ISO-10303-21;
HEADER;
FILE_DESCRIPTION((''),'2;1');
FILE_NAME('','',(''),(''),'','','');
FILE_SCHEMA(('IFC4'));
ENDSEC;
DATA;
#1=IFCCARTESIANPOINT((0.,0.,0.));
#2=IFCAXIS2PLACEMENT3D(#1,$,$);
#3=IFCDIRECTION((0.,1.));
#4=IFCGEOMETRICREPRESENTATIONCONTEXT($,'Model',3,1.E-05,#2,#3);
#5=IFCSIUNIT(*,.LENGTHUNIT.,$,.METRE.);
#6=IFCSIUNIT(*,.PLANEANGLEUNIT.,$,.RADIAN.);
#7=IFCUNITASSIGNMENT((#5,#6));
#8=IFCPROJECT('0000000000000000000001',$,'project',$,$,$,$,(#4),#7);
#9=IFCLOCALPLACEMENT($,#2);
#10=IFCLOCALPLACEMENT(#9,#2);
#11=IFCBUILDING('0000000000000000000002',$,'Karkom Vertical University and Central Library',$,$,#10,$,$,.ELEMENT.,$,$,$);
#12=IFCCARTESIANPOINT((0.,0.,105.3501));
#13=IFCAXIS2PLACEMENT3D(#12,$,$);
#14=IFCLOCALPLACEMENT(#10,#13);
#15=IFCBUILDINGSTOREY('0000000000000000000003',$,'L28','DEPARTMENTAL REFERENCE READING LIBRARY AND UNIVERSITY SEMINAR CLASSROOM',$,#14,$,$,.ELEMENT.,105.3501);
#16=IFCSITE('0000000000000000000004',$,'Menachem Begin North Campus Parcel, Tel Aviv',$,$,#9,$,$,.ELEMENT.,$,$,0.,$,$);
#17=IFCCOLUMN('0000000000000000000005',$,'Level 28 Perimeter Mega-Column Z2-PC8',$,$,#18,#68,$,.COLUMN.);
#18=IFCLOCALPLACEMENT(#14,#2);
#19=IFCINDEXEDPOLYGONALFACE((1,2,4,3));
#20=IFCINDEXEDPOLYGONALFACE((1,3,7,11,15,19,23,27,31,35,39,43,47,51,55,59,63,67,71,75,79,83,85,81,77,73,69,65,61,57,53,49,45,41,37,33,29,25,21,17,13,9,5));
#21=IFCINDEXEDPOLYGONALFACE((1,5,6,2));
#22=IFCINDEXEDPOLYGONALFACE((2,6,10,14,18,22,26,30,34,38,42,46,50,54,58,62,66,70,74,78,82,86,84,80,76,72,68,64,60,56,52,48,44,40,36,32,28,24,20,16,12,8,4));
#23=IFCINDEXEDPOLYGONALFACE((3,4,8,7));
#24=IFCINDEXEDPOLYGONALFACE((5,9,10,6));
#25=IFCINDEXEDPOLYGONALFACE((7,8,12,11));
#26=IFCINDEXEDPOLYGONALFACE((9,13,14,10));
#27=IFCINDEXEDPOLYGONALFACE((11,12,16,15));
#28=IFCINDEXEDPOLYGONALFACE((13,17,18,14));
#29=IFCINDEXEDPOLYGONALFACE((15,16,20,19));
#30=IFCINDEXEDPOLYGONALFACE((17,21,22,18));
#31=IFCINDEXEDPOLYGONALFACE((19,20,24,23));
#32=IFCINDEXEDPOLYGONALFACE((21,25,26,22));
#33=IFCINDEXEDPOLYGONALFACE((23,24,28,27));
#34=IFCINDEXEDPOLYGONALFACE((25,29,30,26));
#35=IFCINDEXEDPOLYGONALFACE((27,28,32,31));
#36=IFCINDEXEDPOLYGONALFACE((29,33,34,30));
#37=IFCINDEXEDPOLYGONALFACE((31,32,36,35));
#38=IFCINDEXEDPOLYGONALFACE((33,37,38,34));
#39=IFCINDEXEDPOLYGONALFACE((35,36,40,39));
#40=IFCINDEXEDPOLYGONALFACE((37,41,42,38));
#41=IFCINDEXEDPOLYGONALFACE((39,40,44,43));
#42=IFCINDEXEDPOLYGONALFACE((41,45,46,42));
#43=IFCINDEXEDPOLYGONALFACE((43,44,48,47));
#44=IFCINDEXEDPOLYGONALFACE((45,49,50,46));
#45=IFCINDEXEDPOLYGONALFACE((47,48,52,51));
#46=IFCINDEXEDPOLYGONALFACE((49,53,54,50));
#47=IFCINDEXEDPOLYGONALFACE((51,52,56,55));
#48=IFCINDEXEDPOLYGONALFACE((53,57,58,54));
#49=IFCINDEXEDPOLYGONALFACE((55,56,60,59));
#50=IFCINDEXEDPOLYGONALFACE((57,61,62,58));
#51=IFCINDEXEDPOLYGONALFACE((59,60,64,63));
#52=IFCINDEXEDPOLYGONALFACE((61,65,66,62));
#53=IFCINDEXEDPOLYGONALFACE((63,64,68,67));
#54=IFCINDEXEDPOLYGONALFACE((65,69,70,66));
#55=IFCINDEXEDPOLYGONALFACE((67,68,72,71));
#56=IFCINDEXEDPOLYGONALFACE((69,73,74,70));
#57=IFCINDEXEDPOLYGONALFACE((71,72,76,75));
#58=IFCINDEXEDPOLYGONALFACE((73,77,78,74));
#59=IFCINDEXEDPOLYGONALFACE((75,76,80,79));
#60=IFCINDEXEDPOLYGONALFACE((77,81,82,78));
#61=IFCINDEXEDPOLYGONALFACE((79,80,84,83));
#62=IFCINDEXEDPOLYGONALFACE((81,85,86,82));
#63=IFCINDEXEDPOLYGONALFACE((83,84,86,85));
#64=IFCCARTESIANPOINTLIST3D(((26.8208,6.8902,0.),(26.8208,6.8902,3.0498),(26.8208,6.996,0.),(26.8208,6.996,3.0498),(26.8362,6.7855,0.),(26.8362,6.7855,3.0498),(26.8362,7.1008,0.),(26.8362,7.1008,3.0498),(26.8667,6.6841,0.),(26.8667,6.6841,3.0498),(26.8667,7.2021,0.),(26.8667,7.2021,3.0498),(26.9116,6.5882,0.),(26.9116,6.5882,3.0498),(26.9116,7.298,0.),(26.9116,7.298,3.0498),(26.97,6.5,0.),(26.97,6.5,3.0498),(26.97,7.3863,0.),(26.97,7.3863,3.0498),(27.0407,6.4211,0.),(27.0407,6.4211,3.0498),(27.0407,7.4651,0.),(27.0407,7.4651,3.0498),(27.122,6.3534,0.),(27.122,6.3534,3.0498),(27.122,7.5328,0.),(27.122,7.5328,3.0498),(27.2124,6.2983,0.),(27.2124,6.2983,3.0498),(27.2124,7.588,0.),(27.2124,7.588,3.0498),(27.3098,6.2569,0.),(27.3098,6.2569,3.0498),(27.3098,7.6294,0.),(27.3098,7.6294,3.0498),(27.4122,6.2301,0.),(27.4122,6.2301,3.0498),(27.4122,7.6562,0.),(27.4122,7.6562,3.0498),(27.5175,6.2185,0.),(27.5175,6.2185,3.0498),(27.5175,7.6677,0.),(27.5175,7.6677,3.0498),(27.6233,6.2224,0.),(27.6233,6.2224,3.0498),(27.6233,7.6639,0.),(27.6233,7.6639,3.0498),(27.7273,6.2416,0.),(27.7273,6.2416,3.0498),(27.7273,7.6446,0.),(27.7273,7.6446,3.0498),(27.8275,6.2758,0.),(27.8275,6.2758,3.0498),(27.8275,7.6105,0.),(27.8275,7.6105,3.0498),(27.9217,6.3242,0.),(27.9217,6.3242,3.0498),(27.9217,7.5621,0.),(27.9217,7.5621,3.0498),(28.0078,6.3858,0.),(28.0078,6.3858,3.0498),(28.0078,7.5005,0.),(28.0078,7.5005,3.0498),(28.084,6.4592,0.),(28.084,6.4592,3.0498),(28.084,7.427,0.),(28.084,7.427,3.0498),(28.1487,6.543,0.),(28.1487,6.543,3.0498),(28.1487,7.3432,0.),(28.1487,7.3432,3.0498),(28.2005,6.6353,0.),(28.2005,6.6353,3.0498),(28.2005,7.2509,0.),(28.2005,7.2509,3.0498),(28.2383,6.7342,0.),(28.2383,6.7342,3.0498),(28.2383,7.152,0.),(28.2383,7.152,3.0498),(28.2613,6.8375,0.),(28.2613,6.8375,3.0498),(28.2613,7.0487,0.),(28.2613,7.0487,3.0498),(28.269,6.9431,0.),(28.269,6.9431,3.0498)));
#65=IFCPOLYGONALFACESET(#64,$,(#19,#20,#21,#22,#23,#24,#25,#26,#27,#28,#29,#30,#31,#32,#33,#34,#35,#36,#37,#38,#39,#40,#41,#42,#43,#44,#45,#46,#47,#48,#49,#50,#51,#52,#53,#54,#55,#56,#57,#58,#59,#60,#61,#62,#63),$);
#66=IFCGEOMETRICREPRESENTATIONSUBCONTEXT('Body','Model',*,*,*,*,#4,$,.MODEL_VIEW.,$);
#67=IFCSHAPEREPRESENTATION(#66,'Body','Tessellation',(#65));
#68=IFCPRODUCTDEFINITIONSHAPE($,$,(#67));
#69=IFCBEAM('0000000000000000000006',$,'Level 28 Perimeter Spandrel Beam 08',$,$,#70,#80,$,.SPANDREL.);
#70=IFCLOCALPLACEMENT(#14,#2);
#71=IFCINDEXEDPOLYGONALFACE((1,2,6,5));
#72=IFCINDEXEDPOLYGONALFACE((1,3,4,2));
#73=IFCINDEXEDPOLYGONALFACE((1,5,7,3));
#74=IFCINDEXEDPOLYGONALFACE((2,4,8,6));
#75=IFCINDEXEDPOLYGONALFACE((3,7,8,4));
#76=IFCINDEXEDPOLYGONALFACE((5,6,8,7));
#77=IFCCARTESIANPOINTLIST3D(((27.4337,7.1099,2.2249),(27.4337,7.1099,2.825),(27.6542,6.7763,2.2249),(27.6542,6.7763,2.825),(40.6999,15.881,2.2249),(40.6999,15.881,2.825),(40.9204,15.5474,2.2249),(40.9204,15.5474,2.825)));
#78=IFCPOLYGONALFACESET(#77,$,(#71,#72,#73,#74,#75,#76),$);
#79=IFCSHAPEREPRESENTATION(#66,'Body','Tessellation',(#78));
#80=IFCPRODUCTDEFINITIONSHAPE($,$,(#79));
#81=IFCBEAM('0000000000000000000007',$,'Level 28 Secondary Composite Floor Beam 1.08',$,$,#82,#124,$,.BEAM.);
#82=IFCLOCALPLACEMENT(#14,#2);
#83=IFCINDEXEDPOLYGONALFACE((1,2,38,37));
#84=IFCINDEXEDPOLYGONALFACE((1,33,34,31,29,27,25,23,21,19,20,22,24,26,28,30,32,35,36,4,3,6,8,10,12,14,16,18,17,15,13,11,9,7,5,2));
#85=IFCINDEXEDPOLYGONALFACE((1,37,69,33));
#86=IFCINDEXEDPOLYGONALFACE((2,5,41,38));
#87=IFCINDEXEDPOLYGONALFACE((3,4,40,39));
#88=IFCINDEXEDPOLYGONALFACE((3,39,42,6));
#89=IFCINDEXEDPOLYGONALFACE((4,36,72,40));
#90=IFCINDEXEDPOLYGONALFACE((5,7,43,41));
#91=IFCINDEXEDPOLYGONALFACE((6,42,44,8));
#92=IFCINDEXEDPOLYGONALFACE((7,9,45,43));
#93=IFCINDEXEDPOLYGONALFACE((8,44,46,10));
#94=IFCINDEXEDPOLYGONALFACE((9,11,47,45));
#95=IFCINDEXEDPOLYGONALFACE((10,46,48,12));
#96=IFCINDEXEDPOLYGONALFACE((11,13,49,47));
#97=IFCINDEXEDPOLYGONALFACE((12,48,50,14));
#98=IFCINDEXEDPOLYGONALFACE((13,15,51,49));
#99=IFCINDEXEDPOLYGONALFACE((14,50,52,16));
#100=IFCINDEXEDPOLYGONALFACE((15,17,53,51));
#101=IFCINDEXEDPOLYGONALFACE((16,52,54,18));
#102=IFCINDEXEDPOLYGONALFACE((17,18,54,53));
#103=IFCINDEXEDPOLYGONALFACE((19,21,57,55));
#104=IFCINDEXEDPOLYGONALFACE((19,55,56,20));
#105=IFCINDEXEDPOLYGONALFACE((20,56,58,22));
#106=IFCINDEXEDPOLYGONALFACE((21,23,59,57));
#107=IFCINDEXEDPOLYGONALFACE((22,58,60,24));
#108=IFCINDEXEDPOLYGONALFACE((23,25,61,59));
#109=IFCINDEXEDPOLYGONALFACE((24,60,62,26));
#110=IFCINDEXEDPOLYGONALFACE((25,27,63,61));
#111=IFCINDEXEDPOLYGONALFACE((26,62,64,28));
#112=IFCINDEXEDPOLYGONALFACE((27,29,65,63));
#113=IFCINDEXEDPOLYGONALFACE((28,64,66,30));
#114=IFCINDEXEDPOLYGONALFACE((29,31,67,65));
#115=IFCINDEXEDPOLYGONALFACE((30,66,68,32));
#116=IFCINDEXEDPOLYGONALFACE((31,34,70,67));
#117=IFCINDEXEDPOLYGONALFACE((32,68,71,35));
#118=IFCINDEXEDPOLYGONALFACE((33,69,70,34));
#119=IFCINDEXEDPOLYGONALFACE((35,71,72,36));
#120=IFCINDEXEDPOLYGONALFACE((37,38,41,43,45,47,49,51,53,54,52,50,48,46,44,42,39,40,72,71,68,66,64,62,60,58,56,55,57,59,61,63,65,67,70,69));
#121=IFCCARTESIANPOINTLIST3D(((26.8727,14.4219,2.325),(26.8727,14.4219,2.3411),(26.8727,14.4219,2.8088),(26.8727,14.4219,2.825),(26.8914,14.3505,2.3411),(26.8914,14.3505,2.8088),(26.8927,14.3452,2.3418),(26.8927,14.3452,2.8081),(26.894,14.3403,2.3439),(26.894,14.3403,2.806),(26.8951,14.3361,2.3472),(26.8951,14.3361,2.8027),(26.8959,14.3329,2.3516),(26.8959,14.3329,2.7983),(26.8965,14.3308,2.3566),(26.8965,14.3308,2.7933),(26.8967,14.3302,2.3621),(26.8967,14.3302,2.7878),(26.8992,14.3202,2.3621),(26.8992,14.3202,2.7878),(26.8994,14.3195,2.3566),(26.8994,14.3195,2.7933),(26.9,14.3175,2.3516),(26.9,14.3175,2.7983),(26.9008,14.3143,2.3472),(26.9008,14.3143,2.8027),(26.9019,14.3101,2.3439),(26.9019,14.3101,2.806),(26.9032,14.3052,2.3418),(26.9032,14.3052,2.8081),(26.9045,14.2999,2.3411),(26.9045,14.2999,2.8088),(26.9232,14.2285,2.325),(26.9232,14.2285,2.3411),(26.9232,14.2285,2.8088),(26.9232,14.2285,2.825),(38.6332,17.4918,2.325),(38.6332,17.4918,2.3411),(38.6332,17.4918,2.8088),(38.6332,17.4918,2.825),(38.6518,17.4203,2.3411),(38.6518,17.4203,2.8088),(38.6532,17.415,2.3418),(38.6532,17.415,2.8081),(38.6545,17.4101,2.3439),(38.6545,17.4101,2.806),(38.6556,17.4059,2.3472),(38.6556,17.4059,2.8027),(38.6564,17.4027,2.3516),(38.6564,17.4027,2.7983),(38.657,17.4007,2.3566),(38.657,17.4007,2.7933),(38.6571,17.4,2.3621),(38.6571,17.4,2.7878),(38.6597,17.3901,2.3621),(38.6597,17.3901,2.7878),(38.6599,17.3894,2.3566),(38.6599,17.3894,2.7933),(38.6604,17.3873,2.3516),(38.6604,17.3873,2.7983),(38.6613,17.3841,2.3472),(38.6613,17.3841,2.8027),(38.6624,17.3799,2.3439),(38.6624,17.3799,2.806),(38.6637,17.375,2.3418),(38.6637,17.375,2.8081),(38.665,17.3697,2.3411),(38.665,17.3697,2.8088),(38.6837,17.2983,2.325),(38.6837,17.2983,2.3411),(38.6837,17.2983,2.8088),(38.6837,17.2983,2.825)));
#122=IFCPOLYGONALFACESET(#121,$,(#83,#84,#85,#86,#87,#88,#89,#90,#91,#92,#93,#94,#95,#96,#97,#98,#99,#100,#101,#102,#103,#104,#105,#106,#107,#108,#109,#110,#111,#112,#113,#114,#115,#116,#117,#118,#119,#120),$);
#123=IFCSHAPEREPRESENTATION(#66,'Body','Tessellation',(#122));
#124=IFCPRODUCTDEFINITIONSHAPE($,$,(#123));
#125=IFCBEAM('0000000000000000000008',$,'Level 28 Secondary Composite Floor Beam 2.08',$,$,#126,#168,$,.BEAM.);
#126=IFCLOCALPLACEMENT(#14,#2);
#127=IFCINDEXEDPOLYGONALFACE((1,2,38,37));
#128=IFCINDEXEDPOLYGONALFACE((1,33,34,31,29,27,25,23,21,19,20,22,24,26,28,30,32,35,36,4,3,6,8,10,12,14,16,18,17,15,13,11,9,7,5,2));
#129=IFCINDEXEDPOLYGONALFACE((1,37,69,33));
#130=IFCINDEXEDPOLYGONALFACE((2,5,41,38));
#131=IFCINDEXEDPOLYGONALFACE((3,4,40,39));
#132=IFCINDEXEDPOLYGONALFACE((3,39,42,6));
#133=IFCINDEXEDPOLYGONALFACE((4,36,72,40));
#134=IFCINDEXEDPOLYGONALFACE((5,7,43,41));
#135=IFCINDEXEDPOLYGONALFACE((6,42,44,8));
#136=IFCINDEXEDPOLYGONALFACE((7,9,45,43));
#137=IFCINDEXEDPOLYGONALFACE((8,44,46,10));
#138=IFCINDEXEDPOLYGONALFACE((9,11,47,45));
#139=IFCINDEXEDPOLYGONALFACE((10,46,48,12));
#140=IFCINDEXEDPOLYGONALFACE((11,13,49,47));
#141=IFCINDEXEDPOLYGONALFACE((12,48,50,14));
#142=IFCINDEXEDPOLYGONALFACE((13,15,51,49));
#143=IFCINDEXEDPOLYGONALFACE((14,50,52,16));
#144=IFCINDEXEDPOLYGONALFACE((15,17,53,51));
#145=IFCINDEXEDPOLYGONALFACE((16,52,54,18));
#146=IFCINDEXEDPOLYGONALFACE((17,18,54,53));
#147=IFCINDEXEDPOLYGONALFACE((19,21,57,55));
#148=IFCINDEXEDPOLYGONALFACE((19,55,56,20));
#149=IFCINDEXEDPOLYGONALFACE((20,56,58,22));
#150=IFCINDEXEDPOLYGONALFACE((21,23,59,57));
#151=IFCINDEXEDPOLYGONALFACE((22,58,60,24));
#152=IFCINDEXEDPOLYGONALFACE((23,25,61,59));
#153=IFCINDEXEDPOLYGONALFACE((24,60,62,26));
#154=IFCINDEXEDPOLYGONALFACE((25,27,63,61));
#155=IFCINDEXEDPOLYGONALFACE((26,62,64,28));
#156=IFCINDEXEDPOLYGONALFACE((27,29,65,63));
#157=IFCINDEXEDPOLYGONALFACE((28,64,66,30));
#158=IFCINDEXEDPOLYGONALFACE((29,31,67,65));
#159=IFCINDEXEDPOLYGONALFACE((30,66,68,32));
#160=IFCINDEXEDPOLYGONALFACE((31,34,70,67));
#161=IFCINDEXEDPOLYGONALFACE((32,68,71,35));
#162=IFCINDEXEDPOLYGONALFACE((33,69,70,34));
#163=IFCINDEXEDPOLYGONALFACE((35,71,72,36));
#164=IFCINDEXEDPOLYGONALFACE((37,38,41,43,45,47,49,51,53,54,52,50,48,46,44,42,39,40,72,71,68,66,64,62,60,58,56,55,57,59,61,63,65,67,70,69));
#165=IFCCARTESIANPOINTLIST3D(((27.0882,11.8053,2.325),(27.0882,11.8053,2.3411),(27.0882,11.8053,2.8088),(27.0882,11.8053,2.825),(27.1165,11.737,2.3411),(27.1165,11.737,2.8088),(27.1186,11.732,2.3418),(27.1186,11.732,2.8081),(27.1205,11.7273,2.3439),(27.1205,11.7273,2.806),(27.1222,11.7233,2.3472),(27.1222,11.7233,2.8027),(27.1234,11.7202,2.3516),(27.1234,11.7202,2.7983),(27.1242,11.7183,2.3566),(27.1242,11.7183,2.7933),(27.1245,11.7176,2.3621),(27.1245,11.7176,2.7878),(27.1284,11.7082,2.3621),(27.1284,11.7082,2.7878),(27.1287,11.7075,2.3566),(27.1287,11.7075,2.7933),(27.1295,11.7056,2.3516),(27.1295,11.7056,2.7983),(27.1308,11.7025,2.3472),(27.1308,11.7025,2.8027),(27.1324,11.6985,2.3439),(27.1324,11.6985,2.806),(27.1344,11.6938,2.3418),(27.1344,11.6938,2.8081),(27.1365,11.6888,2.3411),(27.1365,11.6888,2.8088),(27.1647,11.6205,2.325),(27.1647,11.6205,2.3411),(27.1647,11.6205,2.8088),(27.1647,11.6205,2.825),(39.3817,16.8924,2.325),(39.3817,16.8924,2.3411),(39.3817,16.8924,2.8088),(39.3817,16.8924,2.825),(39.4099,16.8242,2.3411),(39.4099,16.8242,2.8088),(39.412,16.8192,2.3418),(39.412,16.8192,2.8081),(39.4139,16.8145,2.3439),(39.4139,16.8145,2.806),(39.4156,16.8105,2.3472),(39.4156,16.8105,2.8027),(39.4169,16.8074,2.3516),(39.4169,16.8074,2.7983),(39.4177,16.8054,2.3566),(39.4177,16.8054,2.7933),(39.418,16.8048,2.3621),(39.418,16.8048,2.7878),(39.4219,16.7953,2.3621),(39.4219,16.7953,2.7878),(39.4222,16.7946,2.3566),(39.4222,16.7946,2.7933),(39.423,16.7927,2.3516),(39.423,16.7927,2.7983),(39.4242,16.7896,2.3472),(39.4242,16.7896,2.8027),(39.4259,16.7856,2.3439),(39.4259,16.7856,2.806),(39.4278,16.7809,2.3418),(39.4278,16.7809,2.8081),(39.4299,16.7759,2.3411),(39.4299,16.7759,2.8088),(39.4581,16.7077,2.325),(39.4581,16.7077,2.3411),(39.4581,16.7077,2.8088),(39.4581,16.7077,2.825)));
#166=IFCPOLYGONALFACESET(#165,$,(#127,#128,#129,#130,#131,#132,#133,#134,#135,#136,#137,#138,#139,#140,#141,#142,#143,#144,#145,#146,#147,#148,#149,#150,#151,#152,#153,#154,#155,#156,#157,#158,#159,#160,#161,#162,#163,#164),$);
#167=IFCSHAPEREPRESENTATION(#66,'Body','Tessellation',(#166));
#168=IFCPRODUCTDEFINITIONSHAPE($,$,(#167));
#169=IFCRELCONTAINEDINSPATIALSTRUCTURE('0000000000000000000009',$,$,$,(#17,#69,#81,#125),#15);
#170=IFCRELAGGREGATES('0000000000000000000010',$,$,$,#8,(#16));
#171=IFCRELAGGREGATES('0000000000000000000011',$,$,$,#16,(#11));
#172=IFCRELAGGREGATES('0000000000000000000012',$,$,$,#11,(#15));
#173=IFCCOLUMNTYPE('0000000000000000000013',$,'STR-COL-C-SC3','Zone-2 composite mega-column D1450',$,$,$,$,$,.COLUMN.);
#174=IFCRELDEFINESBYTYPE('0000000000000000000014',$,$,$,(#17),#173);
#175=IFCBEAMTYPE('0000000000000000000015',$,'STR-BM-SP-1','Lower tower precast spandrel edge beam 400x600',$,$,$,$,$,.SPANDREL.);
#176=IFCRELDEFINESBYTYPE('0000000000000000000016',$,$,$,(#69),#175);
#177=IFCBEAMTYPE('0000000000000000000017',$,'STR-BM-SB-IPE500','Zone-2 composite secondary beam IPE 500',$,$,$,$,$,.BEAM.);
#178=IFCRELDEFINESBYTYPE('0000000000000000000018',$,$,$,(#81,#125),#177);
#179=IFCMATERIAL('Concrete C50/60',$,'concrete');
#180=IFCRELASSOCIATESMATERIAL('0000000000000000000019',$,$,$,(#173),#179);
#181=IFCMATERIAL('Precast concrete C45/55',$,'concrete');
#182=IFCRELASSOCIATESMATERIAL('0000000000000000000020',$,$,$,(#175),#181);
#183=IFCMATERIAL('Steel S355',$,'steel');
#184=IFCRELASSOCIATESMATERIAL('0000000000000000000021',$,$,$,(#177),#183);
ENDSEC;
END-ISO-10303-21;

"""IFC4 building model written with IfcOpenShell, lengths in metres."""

from ifc_helpers import new_model, si_unit, direction, frame, origin, origin_with_axes, origin_2d, place, context, subcontext, project, spatial, rectangle, circle, i_section, extrude, source, transform, mapped, material, material_profile, profile_set, type_object, element, save


model = new_model("IFC4")

# Units and contexts
model_context = context("Model", 3, precision=1e-05, world=origin(), true_north=direction((0.0, 1.0)))
body_context = subcontext(model_context, "Body", "Model", "MODEL_VIEW")
ifc_project = project(units=[si_unit("LENGTHUNIT", "METRE"), si_unit("PLANEANGLEUNIT", "RADIAN")], contexts=[model_context])

# Site, building, storey
site_placement = place(None, origin())
site = spatial("IfcSite", under=ifc_project, at=site_placement, Name="Menachem Begin North Campus Parcel, Tel Aviv", CompositionType="ELEMENT", RefElevation=0.0)
building_placement = place(site_placement, origin())
building = spatial("IfcBuilding", under=site, at=building_placement, Name="Karkom Vertical University and Central Library", CompositionType="ELEMENT")
storey_placement = place(building_placement, frame((0.0, 0.0, 105.3501)))
storey = spatial("IfcBuildingStorey", under=building, at=storey_placement, Name="L28", Description="DEPARTMENTAL REFERENCE READING LIBRARY AND UNIVERSITY SEMINAR CLASSROOM", CompositionType="ELEMENT", Elevation=105.3501)

# Column
ifc_material_1 = material(Name="Concrete C50/60", Category="concrete")
ifc_material_profile_1 = material_profile(ifc_material_1, circle(Radius=0.7251, at=origin_2d()), Name="CFT-D1450")
ifc_profile_set_1 = profile_set([ifc_material_profile_1], Name="Concrete C50/60")
column_type = type_object("IfcColumnType", Name="STR-COL-C-SC3", Description="Zone-2 composite mega-column D1450", PredefinedType="COLUMN", material=ifc_profile_set_1)
shared_shape_1 = source(origin_with_axes(), body_context, "Body", "SweptSolid", [
    extrude(circle(Radius=0.7251, at=origin_2d()), origin(), (0.0, 0.0, 1.0), 3.0498),
])
column_placement = place(storey_placement, frame((27.5439, 6.9431, 0.0), z_axis=(0.0, 0.0, 1.0), x_axis=(1.0, 0.0, 0.0)))
element("IfcColumn", 1, at=column_placement, inside=storey, type_object=column_type, Name="Level 28 Perimeter Mega-Column Z2-PC8", PredefinedType="COLUMN", context=body_context, shape_type="MappedRepresentation", body=[
    mapped(shared_shape_1, transform((0.0, 0.0, 0.0), scale=1.0)),
])

# Beams
ifc_material_2 = material(Name="Precast concrete C45/55", Category="concrete")
ifc_material_profile_2 = material_profile(ifc_material_2, rectangle(XDim=0.3999, YDim=0.6001, at=origin_2d()), Name="SPB-400x600")
ifc_profile_set_2 = profile_set([ifc_material_profile_2], Name="Precast concrete C45/55")
beam_type_1 = type_object("IfcBeamType", Name="STR-BM-SP-1", Description="Lower tower precast spandrel edge beam 400x600", PredefinedType="SPANDREL", material=ifc_profile_set_2)
shared_shape_2 = source(origin_with_axes(), body_context, "Body", "SweptSolid", [
    extrude(rectangle(XDim=0.3999, YDim=0.6001, at=origin_2d()), origin(), (0.0, 0.0, 1.0), 15.9036),
])
beam_1_placement = place(storey_placement, frame((27.5439, 6.9431, 2.5249), z_axis=(0.834165, 0.551515, 0.0), x_axis=(-0.551515, 0.834165, 0.0)))
element("IfcBeam", 2, at=beam_1_placement, inside=storey, type_object=beam_type_1, Name="Level 28 Perimeter Spandrel Beam 08", PredefinedType="SPANDREL", context=body_context, shape_type="MappedRepresentation", body=[
    mapped(shared_shape_2, transform((0.0, 0.0, 0.0), scale=1.0)),
])
ifc_material_3 = material(Name="Steel S355", Category="steel")
ifc_material_profile_3 = material_profile(ifc_material_3, i_section(OverallWidth=0.2, OverallDepth=0.5, WebThickness=0.0103, FlangeThickness=0.0161, FilletRadius=0.021, at=origin_2d()), Name="IPE 500")
ifc_profile_set_3 = profile_set([ifc_material_profile_3], Name="Steel S355")
beam_type_2 = type_object("IfcBeamType", Name="STR-BM-SB-IPE500", Description="Zone-2 composite secondary beam IPE 500", PredefinedType="BEAM", material=ifc_profile_set_3)
shared_shape_3 = source(origin_with_axes(), body_context, "Body", "SweptSolid", [
    extrude(i_section(OverallWidth=0.2, OverallDepth=0.5, WebThickness=0.0103, FlangeThickness=0.0161, FilletRadius=0.021, at=origin_2d()), origin(), (0.0, 0.0, 1.0), 12.1545),
])
beam_2_placement = place(storey_placement, frame((26.8979, 14.3252, 2.575), z_axis=(0.96758, 0.252566, 0.0), x_axis=(-0.252566, 0.96758, 0.0)))
element("IfcBeam", 3, at=beam_2_placement, inside=storey, type_object=beam_type_2, Name="Level 28 Secondary Composite Floor Beam 1.08", PredefinedType="BEAM", context=body_context, shape_type="MappedRepresentation", body=[
    mapped(shared_shape_3, transform((0.0, 0.0, 0.0), scale=1.0)),
])
shared_shape_4 = source(origin_with_axes(), body_context, "Body", "SweptSolid", [
    extrude(i_section(OverallWidth=0.2, OverallDepth=0.5, WebThickness=0.0103, FlangeThickness=0.0161, FilletRadius=0.021, at=origin_2d()), origin(), (0.0, 0.0, 1.0), 13.3044),
])
beam_3_placement = place(storey_placement, frame((27.1265, 11.7129, 2.575), z_axis=(0.924011, 0.382365, 0.0), x_axis=(-0.382365, 0.924011, 0.0)))
element("IfcBeam", 4, at=beam_3_placement, inside=storey, type_object=beam_type_2, Name="Level 28 Secondary Composite Floor Beam 2.08", PredefinedType="BEAM", context=body_context, shape_type="MappedRepresentation", body=[
    mapped(shared_shape_4, transform((0.0, 0.0, 0.0), scale=1.0)),
])

save(model, "model.ifc")
